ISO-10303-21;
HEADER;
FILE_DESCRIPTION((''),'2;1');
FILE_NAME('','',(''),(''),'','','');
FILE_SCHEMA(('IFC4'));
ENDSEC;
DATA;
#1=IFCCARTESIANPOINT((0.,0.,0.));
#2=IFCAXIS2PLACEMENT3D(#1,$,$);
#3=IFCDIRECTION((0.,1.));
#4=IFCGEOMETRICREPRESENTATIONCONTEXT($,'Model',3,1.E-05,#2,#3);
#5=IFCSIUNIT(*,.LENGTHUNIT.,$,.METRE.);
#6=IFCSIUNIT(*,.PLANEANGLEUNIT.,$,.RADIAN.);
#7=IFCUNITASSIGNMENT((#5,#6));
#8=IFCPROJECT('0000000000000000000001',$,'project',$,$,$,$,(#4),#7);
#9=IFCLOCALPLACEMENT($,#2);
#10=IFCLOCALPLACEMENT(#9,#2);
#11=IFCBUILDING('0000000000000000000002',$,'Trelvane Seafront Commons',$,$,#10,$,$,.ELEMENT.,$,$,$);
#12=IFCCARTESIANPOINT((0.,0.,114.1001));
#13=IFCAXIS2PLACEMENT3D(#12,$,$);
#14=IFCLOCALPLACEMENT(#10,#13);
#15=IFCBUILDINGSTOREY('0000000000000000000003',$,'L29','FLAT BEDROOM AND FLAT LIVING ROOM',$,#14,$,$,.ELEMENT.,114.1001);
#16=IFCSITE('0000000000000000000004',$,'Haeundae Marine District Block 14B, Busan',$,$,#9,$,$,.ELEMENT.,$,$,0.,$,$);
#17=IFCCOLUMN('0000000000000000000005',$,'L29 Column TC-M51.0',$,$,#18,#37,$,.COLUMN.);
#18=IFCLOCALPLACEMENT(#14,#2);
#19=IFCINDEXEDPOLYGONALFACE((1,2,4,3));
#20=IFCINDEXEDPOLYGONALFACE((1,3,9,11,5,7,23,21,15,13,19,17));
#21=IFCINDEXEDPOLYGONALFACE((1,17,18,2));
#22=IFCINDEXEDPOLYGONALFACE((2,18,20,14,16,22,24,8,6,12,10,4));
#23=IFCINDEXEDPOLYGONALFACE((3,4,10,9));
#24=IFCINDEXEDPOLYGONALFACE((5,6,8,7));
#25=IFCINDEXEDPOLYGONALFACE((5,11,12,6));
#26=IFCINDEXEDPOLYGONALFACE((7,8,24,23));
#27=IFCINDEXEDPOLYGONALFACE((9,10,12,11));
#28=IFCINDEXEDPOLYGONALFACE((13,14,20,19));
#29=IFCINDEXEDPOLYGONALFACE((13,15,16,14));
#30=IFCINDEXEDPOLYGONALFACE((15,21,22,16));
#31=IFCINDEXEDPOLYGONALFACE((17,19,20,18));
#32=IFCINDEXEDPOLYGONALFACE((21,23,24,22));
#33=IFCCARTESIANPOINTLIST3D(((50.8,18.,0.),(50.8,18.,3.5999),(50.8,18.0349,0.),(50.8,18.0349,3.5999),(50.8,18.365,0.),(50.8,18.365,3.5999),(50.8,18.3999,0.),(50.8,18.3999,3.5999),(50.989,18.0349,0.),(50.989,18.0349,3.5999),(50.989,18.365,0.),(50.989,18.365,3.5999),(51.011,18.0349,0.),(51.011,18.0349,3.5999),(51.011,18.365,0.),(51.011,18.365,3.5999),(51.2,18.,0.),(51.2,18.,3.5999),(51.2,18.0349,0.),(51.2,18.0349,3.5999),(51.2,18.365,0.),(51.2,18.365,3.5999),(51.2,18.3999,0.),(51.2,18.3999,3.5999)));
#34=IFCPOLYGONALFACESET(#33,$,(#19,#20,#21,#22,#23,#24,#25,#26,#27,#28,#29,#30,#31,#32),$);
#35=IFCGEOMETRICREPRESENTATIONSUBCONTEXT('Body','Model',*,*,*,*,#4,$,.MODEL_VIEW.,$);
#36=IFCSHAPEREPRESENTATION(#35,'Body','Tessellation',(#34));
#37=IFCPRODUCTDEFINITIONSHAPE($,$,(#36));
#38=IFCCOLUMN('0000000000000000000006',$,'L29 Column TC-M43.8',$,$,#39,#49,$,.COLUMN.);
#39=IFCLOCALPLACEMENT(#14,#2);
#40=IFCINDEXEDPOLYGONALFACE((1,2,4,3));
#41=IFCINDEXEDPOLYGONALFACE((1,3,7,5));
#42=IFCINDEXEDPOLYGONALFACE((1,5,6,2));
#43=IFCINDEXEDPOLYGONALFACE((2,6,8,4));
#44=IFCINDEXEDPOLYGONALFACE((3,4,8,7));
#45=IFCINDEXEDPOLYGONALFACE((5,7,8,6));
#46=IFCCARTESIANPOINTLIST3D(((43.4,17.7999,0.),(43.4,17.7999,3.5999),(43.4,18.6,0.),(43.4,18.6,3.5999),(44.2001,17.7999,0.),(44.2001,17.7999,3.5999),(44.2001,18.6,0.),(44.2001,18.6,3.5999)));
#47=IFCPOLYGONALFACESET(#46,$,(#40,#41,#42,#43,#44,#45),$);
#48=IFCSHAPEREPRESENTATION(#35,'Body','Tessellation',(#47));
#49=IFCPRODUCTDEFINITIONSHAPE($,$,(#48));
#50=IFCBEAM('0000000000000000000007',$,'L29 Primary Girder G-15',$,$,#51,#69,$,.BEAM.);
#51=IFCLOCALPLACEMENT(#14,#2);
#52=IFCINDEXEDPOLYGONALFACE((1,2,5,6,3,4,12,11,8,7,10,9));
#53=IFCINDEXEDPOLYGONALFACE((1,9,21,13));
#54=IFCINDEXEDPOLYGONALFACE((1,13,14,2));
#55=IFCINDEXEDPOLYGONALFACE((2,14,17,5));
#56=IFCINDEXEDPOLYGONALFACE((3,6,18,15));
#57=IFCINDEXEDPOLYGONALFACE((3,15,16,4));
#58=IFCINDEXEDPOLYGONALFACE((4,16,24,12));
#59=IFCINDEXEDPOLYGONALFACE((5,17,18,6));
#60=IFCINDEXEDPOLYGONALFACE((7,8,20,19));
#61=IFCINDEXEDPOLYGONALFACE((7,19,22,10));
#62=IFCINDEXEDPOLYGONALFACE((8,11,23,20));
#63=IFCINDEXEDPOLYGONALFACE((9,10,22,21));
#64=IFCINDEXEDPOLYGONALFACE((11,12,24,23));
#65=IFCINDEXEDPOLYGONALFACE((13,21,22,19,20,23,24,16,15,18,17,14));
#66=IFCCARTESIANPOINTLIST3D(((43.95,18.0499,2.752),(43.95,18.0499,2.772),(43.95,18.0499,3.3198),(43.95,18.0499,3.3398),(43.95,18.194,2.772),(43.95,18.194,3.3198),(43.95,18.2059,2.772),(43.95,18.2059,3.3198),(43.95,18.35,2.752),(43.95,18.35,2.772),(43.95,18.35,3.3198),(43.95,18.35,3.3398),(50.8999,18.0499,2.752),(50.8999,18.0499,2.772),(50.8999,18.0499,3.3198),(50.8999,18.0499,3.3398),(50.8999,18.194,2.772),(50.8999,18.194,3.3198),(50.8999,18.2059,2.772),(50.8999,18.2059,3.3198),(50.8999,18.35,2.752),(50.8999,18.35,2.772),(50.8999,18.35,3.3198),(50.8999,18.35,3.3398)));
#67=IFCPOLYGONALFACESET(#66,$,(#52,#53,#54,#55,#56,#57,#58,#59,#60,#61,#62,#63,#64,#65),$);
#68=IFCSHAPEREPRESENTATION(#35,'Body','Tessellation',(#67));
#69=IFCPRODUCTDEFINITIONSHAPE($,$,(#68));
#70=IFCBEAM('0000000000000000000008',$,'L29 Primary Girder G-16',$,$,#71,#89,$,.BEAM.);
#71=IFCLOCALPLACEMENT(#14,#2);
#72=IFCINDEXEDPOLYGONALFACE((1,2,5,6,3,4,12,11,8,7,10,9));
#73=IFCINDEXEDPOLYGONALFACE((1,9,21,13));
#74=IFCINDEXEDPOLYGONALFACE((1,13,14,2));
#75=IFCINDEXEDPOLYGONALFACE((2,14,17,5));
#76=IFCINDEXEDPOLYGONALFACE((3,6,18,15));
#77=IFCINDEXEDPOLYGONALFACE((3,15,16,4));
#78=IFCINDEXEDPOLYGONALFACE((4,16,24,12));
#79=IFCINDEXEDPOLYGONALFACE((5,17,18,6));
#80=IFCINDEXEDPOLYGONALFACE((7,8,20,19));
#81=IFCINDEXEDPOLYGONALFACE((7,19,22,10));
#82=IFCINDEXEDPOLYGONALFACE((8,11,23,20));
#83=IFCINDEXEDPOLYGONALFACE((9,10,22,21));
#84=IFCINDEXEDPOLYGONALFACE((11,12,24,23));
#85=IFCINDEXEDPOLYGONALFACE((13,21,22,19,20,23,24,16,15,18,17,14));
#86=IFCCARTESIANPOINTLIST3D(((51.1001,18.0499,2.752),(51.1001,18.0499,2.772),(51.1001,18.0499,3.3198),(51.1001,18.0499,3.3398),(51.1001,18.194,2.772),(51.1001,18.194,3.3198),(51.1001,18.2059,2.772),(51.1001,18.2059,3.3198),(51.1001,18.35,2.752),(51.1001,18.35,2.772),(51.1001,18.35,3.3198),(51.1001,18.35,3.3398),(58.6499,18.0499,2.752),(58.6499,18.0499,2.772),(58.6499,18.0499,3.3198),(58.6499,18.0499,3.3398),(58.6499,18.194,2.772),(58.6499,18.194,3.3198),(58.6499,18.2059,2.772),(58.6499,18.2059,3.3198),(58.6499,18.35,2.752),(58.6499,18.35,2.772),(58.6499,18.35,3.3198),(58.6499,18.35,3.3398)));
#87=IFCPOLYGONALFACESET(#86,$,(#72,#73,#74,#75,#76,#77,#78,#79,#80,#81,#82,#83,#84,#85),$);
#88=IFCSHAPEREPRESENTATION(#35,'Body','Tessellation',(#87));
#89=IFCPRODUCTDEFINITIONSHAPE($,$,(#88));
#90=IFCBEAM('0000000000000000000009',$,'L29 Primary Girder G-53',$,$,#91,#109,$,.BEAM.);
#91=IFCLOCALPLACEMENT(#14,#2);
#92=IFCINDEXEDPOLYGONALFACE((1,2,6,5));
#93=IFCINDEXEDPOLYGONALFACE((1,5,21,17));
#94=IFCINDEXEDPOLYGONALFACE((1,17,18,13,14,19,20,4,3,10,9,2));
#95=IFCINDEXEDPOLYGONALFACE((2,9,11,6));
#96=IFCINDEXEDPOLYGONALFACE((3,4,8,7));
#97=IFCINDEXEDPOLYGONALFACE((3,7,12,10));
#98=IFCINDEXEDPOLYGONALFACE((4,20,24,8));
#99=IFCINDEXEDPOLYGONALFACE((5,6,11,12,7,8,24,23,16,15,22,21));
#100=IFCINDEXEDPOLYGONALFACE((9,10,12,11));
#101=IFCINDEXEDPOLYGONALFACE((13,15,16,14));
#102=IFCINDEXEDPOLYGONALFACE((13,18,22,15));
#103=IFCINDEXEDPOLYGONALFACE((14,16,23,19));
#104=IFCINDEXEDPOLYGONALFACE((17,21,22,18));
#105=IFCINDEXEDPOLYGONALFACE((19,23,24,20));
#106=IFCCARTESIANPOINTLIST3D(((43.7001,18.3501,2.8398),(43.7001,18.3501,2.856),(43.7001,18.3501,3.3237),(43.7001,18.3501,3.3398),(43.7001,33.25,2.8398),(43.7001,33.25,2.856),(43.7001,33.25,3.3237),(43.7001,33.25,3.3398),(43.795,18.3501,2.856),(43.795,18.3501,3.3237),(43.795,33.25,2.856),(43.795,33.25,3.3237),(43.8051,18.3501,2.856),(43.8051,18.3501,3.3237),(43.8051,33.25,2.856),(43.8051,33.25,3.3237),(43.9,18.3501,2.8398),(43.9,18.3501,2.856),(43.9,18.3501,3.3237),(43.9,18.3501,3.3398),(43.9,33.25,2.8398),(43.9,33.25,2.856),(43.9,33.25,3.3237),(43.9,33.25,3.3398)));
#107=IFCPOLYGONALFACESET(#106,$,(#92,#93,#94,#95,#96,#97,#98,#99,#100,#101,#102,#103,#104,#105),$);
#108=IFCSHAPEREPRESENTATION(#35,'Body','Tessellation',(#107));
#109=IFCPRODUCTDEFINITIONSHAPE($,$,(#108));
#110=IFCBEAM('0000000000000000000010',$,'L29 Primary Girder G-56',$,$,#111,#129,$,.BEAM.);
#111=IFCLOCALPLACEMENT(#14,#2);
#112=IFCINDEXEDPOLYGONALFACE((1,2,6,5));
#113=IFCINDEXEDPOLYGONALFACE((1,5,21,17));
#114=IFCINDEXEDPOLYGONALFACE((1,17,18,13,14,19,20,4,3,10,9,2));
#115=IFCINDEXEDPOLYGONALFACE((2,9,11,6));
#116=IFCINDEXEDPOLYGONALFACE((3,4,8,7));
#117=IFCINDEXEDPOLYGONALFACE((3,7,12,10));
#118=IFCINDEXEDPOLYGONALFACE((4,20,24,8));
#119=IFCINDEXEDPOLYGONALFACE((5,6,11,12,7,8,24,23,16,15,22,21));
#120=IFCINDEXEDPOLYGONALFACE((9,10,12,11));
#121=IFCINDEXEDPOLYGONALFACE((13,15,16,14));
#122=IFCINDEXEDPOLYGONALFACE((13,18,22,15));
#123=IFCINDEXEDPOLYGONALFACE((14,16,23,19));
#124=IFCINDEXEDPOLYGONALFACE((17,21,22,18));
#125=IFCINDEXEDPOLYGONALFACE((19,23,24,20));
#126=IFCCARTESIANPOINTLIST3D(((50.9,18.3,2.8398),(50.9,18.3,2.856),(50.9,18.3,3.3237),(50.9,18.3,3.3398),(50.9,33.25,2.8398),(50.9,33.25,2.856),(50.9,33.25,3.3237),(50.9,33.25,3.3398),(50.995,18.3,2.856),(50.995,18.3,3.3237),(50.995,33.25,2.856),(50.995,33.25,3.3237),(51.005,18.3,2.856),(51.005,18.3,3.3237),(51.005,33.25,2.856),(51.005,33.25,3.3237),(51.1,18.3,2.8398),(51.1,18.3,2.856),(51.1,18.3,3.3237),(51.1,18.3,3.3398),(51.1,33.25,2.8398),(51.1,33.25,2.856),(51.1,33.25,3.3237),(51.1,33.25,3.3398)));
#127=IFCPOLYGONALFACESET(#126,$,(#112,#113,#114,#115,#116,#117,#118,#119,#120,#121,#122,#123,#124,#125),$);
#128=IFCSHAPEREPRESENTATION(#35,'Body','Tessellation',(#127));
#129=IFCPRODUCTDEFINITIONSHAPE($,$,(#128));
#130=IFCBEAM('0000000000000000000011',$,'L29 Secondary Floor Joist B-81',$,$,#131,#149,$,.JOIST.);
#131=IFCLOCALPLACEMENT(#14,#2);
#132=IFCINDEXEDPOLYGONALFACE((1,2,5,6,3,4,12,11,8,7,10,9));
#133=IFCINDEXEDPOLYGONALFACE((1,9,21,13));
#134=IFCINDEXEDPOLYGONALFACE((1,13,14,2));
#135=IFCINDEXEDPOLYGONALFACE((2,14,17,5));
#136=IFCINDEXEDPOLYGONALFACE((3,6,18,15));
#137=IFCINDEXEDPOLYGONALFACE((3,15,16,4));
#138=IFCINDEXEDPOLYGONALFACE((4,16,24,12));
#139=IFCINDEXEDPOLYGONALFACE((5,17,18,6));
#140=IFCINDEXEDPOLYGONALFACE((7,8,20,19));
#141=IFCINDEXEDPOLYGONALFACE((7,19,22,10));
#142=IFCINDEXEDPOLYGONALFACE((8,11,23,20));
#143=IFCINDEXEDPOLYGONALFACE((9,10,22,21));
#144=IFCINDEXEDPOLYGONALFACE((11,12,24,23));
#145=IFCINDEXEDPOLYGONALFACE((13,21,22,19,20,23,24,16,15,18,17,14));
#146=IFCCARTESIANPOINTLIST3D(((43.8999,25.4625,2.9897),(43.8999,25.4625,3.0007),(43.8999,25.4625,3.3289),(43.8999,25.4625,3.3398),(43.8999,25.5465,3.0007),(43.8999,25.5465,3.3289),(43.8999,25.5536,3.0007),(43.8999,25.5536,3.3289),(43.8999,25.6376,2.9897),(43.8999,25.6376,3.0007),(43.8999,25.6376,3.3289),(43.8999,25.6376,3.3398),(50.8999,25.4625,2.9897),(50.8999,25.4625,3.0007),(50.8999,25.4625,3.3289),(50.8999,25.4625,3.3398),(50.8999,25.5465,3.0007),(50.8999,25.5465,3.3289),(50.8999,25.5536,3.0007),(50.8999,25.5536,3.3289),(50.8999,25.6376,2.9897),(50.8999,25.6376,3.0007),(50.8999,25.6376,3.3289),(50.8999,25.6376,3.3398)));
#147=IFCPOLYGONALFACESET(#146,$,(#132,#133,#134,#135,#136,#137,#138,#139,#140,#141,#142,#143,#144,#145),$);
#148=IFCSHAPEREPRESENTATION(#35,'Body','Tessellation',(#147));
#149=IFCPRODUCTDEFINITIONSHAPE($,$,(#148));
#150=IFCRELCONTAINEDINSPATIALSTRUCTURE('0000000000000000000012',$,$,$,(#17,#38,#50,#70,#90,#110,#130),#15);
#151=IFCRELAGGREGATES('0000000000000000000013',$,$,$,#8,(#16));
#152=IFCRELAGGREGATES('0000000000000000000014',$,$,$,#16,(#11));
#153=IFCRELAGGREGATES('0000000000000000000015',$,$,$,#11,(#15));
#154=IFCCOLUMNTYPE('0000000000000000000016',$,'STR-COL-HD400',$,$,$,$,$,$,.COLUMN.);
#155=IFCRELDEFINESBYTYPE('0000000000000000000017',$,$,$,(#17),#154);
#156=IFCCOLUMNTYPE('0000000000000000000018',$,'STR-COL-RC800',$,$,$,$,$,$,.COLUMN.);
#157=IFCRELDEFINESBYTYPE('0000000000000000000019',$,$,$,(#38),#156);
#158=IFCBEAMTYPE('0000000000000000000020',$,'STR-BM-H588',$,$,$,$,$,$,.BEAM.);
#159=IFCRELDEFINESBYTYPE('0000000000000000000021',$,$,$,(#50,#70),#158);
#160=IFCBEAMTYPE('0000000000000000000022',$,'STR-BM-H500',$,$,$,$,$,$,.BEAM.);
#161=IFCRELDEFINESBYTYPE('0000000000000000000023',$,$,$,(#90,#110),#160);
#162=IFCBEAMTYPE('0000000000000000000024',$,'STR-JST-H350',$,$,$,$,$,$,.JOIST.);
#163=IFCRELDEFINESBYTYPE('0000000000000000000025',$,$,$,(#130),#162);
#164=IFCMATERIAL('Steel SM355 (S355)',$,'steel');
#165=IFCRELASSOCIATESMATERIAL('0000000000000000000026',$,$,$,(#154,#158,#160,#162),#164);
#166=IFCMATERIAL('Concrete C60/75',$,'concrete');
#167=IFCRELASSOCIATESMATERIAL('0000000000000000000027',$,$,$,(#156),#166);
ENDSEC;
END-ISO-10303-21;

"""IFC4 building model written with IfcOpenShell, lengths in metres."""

from ifc_helpers import new_model, si_unit, direction, frame, origin, origin_2d, place, context, subcontext, project, spatial, rectangle, i_section, extrude, source, transform, mapped, material, material_profile, profile_set, type_object, element, save


model = new_model("IFC4")

# Units and contexts
model_context = context("Model", 3, precision=1e-05, world=origin(), true_north=direction((0.0, 1.0)))
body_context = subcontext(model_context, "Body", "Model", "MODEL_VIEW")
ifc_project = project(units=[si_unit("LENGTHUNIT", "METRE"), si_unit("PLANEANGLEUNIT", "RADIAN")], contexts=[model_context])

# Site, building, storey
site_placement = place(None, origin())
site = spatial("IfcSite", under=ifc_project, at=site_placement, Name="Haeundae Marine District Block 14B, Busan", CompositionType="ELEMENT", RefElevation=0.0)
building_placement = place(site_placement, origin())
building = spatial("IfcBuilding", under=site, at=building_placement, Name="Trelvane Seafront Commons", CompositionType="ELEMENT")
storey_placement = place(building_placement, frame((0.0, 0.0, 114.1001)))
storey = spatial("IfcBuildingStorey", under=building, at=storey_placement, Name="L29", Description="FLAT BEDROOM AND FLAT LIVING ROOM", CompositionType="ELEMENT", Elevation=114.1001)

# Columns
ifc_material_1 = material(Name="Steel SM355 (S355)", Category="steel")
ifc_material_profile_1 = material_profile(ifc_material_1, i_section(OverallWidth=0.3999, OverallDepth=0.3999, WebThickness=0.022, FlangeThickness=0.0349, at=origin_2d()), Name="HD-400x400x22x35")
ifc_profile_set_1 = profile_set([ifc_material_profile_1], Name="Steel SM355 (S355)")
column_type_1 = type_object("IfcColumnType", Name="STR-COL-HD400", PredefinedType="COLUMN", material=ifc_profile_set_1)
shared_shape_1 = source(origin(), body_context, "Body", "SweptSolid", [
    extrude(i_section(OverallWidth=0.3999, OverallDepth=0.3999, WebThickness=0.022, FlangeThickness=0.0349, at=origin_2d()), origin(), (0.0, 0.0, 1.0), 3.5999),
])
column_1_placement = place(storey_placement, frame((51.0, 18.2, 0.0), z_axis=(0.0, 0.0, 1.0), x_axis=(1.0, 0.0, 0.0)))
element("IfcColumn", 1, at=column_1_placement, inside=storey, type_object=column_type_1, Name="L29 Column TC-M51.0", PredefinedType="COLUMN", context=body_context, shape_type="MappedRepresentation", body=[
    mapped(shared_shape_1, transform((0.0, 0.0, 0.0), x_axis=(1.0, 0.0, 0.0), y_axis=(0.0, 1.0, 0.0), z_axis=(0.0, 0.0, 1.0), scale=1.0)),
])
ifc_material_2 = material(Name="Concrete C60/75", Category="concrete")
ifc_material_profile_2 = material_profile(ifc_material_2, rectangle(XDim=0.8, YDim=0.8, at=origin_2d()), Name="RC-800x800")
ifc_profile_set_2 = profile_set([ifc_material_profile_2], Name="Concrete C60/75")
column_type_2 = type_object("IfcColumnType", Name="STR-COL-RC800", PredefinedType="COLUMN", material=ifc_profile_set_2)
shared_shape_2 = source(origin(), body_context, "Body", "SweptSolid", [
    extrude(rectangle(XDim=0.8, YDim=0.8, at=origin_2d()), origin(), (0.0, 0.0, 1.0), 3.5999),
])
column_2_placement = place(storey_placement, frame((43.8, 18.2, 0.0), z_axis=(0.0, 0.0, 1.0), x_axis=(1.0, 0.0, 0.0)))
element("IfcColumn", 2, at=column_2_placement, inside=storey, type_object=column_type_2, Name="L29 Column TC-M43.8", PredefinedType="COLUMN", context=body_context, shape_type="MappedRepresentation", body=[
    mapped(shared_shape_2, transform((0.0, 0.0, 0.0), x_axis=(1.0, 0.0, 0.0), y_axis=(0.0, 1.0, 0.0), z_axis=(0.0, 0.0, 1.0), scale=1.0)),
])

# Beams
ifc_material_profile_3 = material_profile(ifc_material_1, i_section(OverallWidth=0.3, OverallDepth=0.5879, WebThickness=0.012, FlangeThickness=0.02, at=origin_2d()), Name="H-588x300x12x20")
ifc_profile_set_3 = profile_set([ifc_material_profile_3], Name="Steel SM355 (S355)")
beam_type_1 = type_object("IfcBeamType", Name="STR-BM-H588", PredefinedType="BEAM", material=ifc_profile_set_3)
shared_shape_3 = source(origin(), body_context, "Body", "SweptSolid", [
    extrude(i_section(OverallWidth=0.3, OverallDepth=0.5879, WebThickness=0.012, FlangeThickness=0.02, at=origin_2d()), origin(), (0.0, 0.0, 1.0), 6.95),
])
beam_1_placement = place(storey_placement, frame((43.95, 18.2, 3.0459), z_axis=(1.0, 0.0, 0.0), x_axis=(0.0, 1.0, 0.0)))
element("IfcBeam", 3, at=beam_1_placement, inside=storey, type_object=beam_type_1, Name="L29 Primary Girder G-15", PredefinedType="BEAM", context=body_context, shape_type="MappedRepresentation", body=[
    mapped(shared_shape_3, transform((0.0, 0.0, 0.0), x_axis=(1.0, 0.0, 0.0), y_axis=(0.0, 1.0, 0.0), z_axis=(0.0, 0.0, 1.0), scale=1.0)),
])
shared_shape_4 = source(origin(), body_context, "Body", "SweptSolid", [
    extrude(i_section(OverallWidth=0.3, OverallDepth=0.5879, WebThickness=0.012, FlangeThickness=0.02, at=origin_2d()), origin(), (0.0, 0.0, 1.0), 7.5498),
])
beam_2_placement = place(storey_placement, frame((51.1001, 18.2, 3.0459), z_axis=(1.0, 0.0, 0.0), x_axis=(0.0, 1.0, 0.0)))
element("IfcBeam", 4, at=beam_2_placement, inside=storey, type_object=beam_type_1, Name="L29 Primary Girder G-16", PredefinedType="BEAM", context=body_context, shape_type="MappedRepresentation", body=[
    mapped(shared_shape_4, transform((0.0, 0.0, 0.0), x_axis=(1.0, 0.0, 0.0), y_axis=(0.0, 1.0, 0.0), z_axis=(0.0, 0.0, 1.0), scale=1.0)),
])
ifc_material_profile_4 = material_profile(ifc_material_1, i_section(OverallWidth=0.2, OverallDepth=0.5, WebThickness=0.01, FlangeThickness=0.0161, at=origin_2d()), Name="H-500x200x10x16")
ifc_profile_set_4 = profile_set([ifc_material_profile_4], Name="Steel SM355 (S355)")
beam_type_2 = type_object("IfcBeamType", Name="STR-BM-H500", PredefinedType="BEAM", material=ifc_profile_set_4)
shared_shape_5 = source(origin(), body_context, "Body", "SweptSolid", [
    extrude(i_section(OverallWidth=0.2, OverallDepth=0.5, WebThickness=0.01, FlangeThickness=0.0161, at=origin_2d()), origin(), (0.0, 0.0, 1.0), 14.8999),
])
beam_3_placement = place(storey_placement, frame((43.8, 18.3501, 3.0898), z_axis=(0.0, 1.0, 0.0), x_axis=(-1.0, 0.0, 0.0)))
element("IfcBeam", 5, at=beam_3_placement, inside=storey, type_object=beam_type_2, Name="L29 Primary Girder G-53", PredefinedType="BEAM", context=body_context, shape_type="MappedRepresentation", body=[
    mapped(shared_shape_5, transform((0.0, 0.0, 0.0), x_axis=(1.0, 0.0, 0.0), y_axis=(0.0, 1.0, 0.0), z_axis=(0.0, 0.0, 1.0), scale=1.0)),
])
shared_shape_6 = source(origin(), body_context, "Body", "SweptSolid", [
    extrude(i_section(OverallWidth=0.2, OverallDepth=0.5, WebThickness=0.01, FlangeThickness=0.0161, at=origin_2d()), origin(), (0.0, 0.0, 1.0), 14.95),
])
beam_4_placement = place(storey_placement, frame((51.0, 18.3, 3.0898), z_axis=(0.0, 1.0, 0.0), x_axis=(-1.0, 0.0, 0.0)))
element("IfcBeam", 6, at=beam_4_placement, inside=storey, type_object=beam_type_2, Name="L29 Primary Girder G-56", PredefinedType="BEAM", context=body_context, shape_type="MappedRepresentation", body=[
    mapped(shared_shape_6, transform((0.0, 0.0, 0.0), x_axis=(1.0, 0.0, 0.0), y_axis=(0.0, 1.0, 0.0), z_axis=(0.0, 0.0, 1.0), scale=1.0)),
])
ifc_material_profile_5 = material_profile(ifc_material_1, i_section(OverallWidth=0.175, OverallDepth=0.3501, WebThickness=0.0071, FlangeThickness=0.011, at=origin_2d()), Name="H-350x175x7x11")
ifc_profile_set_5 = profile_set([ifc_material_profile_5], Name="Steel SM355 (S355)")
beam_type_3 = type_object("IfcBeamType", Name="STR-JST-H350", PredefinedType="JOIST", material=ifc_profile_set_5)
shared_shape_7 = source(origin(), body_context, "Body", "SweptSolid", [
    extrude(i_section(OverallWidth=0.175, OverallDepth=0.3501, WebThickness=0.0071, FlangeThickness=0.011, at=origin_2d()), origin(), (0.0, 0.0, 1.0), 7.0),
])
beam_5_placement = place(storey_placement, frame((43.8999, 25.55, 3.1648), z_axis=(1.0, 0.0, 0.0), x_axis=(0.0, 1.0, 0.0)))
element("IfcBeam", 7, at=beam_5_placement, inside=storey, type_object=beam_type_3, Name="L29 Secondary Floor Joist B-81", PredefinedType="JOIST", context=body_context, shape_type="MappedRepresentation", body=[
    mapped(shared_shape_7, transform((0.0, 0.0, 0.0), x_axis=(1.0, 0.0, 0.0), y_axis=(0.0, 1.0, 0.0), z_axis=(0.0, 0.0, 1.0), scale=1.0)),
])

save(model, "model.ifc")
